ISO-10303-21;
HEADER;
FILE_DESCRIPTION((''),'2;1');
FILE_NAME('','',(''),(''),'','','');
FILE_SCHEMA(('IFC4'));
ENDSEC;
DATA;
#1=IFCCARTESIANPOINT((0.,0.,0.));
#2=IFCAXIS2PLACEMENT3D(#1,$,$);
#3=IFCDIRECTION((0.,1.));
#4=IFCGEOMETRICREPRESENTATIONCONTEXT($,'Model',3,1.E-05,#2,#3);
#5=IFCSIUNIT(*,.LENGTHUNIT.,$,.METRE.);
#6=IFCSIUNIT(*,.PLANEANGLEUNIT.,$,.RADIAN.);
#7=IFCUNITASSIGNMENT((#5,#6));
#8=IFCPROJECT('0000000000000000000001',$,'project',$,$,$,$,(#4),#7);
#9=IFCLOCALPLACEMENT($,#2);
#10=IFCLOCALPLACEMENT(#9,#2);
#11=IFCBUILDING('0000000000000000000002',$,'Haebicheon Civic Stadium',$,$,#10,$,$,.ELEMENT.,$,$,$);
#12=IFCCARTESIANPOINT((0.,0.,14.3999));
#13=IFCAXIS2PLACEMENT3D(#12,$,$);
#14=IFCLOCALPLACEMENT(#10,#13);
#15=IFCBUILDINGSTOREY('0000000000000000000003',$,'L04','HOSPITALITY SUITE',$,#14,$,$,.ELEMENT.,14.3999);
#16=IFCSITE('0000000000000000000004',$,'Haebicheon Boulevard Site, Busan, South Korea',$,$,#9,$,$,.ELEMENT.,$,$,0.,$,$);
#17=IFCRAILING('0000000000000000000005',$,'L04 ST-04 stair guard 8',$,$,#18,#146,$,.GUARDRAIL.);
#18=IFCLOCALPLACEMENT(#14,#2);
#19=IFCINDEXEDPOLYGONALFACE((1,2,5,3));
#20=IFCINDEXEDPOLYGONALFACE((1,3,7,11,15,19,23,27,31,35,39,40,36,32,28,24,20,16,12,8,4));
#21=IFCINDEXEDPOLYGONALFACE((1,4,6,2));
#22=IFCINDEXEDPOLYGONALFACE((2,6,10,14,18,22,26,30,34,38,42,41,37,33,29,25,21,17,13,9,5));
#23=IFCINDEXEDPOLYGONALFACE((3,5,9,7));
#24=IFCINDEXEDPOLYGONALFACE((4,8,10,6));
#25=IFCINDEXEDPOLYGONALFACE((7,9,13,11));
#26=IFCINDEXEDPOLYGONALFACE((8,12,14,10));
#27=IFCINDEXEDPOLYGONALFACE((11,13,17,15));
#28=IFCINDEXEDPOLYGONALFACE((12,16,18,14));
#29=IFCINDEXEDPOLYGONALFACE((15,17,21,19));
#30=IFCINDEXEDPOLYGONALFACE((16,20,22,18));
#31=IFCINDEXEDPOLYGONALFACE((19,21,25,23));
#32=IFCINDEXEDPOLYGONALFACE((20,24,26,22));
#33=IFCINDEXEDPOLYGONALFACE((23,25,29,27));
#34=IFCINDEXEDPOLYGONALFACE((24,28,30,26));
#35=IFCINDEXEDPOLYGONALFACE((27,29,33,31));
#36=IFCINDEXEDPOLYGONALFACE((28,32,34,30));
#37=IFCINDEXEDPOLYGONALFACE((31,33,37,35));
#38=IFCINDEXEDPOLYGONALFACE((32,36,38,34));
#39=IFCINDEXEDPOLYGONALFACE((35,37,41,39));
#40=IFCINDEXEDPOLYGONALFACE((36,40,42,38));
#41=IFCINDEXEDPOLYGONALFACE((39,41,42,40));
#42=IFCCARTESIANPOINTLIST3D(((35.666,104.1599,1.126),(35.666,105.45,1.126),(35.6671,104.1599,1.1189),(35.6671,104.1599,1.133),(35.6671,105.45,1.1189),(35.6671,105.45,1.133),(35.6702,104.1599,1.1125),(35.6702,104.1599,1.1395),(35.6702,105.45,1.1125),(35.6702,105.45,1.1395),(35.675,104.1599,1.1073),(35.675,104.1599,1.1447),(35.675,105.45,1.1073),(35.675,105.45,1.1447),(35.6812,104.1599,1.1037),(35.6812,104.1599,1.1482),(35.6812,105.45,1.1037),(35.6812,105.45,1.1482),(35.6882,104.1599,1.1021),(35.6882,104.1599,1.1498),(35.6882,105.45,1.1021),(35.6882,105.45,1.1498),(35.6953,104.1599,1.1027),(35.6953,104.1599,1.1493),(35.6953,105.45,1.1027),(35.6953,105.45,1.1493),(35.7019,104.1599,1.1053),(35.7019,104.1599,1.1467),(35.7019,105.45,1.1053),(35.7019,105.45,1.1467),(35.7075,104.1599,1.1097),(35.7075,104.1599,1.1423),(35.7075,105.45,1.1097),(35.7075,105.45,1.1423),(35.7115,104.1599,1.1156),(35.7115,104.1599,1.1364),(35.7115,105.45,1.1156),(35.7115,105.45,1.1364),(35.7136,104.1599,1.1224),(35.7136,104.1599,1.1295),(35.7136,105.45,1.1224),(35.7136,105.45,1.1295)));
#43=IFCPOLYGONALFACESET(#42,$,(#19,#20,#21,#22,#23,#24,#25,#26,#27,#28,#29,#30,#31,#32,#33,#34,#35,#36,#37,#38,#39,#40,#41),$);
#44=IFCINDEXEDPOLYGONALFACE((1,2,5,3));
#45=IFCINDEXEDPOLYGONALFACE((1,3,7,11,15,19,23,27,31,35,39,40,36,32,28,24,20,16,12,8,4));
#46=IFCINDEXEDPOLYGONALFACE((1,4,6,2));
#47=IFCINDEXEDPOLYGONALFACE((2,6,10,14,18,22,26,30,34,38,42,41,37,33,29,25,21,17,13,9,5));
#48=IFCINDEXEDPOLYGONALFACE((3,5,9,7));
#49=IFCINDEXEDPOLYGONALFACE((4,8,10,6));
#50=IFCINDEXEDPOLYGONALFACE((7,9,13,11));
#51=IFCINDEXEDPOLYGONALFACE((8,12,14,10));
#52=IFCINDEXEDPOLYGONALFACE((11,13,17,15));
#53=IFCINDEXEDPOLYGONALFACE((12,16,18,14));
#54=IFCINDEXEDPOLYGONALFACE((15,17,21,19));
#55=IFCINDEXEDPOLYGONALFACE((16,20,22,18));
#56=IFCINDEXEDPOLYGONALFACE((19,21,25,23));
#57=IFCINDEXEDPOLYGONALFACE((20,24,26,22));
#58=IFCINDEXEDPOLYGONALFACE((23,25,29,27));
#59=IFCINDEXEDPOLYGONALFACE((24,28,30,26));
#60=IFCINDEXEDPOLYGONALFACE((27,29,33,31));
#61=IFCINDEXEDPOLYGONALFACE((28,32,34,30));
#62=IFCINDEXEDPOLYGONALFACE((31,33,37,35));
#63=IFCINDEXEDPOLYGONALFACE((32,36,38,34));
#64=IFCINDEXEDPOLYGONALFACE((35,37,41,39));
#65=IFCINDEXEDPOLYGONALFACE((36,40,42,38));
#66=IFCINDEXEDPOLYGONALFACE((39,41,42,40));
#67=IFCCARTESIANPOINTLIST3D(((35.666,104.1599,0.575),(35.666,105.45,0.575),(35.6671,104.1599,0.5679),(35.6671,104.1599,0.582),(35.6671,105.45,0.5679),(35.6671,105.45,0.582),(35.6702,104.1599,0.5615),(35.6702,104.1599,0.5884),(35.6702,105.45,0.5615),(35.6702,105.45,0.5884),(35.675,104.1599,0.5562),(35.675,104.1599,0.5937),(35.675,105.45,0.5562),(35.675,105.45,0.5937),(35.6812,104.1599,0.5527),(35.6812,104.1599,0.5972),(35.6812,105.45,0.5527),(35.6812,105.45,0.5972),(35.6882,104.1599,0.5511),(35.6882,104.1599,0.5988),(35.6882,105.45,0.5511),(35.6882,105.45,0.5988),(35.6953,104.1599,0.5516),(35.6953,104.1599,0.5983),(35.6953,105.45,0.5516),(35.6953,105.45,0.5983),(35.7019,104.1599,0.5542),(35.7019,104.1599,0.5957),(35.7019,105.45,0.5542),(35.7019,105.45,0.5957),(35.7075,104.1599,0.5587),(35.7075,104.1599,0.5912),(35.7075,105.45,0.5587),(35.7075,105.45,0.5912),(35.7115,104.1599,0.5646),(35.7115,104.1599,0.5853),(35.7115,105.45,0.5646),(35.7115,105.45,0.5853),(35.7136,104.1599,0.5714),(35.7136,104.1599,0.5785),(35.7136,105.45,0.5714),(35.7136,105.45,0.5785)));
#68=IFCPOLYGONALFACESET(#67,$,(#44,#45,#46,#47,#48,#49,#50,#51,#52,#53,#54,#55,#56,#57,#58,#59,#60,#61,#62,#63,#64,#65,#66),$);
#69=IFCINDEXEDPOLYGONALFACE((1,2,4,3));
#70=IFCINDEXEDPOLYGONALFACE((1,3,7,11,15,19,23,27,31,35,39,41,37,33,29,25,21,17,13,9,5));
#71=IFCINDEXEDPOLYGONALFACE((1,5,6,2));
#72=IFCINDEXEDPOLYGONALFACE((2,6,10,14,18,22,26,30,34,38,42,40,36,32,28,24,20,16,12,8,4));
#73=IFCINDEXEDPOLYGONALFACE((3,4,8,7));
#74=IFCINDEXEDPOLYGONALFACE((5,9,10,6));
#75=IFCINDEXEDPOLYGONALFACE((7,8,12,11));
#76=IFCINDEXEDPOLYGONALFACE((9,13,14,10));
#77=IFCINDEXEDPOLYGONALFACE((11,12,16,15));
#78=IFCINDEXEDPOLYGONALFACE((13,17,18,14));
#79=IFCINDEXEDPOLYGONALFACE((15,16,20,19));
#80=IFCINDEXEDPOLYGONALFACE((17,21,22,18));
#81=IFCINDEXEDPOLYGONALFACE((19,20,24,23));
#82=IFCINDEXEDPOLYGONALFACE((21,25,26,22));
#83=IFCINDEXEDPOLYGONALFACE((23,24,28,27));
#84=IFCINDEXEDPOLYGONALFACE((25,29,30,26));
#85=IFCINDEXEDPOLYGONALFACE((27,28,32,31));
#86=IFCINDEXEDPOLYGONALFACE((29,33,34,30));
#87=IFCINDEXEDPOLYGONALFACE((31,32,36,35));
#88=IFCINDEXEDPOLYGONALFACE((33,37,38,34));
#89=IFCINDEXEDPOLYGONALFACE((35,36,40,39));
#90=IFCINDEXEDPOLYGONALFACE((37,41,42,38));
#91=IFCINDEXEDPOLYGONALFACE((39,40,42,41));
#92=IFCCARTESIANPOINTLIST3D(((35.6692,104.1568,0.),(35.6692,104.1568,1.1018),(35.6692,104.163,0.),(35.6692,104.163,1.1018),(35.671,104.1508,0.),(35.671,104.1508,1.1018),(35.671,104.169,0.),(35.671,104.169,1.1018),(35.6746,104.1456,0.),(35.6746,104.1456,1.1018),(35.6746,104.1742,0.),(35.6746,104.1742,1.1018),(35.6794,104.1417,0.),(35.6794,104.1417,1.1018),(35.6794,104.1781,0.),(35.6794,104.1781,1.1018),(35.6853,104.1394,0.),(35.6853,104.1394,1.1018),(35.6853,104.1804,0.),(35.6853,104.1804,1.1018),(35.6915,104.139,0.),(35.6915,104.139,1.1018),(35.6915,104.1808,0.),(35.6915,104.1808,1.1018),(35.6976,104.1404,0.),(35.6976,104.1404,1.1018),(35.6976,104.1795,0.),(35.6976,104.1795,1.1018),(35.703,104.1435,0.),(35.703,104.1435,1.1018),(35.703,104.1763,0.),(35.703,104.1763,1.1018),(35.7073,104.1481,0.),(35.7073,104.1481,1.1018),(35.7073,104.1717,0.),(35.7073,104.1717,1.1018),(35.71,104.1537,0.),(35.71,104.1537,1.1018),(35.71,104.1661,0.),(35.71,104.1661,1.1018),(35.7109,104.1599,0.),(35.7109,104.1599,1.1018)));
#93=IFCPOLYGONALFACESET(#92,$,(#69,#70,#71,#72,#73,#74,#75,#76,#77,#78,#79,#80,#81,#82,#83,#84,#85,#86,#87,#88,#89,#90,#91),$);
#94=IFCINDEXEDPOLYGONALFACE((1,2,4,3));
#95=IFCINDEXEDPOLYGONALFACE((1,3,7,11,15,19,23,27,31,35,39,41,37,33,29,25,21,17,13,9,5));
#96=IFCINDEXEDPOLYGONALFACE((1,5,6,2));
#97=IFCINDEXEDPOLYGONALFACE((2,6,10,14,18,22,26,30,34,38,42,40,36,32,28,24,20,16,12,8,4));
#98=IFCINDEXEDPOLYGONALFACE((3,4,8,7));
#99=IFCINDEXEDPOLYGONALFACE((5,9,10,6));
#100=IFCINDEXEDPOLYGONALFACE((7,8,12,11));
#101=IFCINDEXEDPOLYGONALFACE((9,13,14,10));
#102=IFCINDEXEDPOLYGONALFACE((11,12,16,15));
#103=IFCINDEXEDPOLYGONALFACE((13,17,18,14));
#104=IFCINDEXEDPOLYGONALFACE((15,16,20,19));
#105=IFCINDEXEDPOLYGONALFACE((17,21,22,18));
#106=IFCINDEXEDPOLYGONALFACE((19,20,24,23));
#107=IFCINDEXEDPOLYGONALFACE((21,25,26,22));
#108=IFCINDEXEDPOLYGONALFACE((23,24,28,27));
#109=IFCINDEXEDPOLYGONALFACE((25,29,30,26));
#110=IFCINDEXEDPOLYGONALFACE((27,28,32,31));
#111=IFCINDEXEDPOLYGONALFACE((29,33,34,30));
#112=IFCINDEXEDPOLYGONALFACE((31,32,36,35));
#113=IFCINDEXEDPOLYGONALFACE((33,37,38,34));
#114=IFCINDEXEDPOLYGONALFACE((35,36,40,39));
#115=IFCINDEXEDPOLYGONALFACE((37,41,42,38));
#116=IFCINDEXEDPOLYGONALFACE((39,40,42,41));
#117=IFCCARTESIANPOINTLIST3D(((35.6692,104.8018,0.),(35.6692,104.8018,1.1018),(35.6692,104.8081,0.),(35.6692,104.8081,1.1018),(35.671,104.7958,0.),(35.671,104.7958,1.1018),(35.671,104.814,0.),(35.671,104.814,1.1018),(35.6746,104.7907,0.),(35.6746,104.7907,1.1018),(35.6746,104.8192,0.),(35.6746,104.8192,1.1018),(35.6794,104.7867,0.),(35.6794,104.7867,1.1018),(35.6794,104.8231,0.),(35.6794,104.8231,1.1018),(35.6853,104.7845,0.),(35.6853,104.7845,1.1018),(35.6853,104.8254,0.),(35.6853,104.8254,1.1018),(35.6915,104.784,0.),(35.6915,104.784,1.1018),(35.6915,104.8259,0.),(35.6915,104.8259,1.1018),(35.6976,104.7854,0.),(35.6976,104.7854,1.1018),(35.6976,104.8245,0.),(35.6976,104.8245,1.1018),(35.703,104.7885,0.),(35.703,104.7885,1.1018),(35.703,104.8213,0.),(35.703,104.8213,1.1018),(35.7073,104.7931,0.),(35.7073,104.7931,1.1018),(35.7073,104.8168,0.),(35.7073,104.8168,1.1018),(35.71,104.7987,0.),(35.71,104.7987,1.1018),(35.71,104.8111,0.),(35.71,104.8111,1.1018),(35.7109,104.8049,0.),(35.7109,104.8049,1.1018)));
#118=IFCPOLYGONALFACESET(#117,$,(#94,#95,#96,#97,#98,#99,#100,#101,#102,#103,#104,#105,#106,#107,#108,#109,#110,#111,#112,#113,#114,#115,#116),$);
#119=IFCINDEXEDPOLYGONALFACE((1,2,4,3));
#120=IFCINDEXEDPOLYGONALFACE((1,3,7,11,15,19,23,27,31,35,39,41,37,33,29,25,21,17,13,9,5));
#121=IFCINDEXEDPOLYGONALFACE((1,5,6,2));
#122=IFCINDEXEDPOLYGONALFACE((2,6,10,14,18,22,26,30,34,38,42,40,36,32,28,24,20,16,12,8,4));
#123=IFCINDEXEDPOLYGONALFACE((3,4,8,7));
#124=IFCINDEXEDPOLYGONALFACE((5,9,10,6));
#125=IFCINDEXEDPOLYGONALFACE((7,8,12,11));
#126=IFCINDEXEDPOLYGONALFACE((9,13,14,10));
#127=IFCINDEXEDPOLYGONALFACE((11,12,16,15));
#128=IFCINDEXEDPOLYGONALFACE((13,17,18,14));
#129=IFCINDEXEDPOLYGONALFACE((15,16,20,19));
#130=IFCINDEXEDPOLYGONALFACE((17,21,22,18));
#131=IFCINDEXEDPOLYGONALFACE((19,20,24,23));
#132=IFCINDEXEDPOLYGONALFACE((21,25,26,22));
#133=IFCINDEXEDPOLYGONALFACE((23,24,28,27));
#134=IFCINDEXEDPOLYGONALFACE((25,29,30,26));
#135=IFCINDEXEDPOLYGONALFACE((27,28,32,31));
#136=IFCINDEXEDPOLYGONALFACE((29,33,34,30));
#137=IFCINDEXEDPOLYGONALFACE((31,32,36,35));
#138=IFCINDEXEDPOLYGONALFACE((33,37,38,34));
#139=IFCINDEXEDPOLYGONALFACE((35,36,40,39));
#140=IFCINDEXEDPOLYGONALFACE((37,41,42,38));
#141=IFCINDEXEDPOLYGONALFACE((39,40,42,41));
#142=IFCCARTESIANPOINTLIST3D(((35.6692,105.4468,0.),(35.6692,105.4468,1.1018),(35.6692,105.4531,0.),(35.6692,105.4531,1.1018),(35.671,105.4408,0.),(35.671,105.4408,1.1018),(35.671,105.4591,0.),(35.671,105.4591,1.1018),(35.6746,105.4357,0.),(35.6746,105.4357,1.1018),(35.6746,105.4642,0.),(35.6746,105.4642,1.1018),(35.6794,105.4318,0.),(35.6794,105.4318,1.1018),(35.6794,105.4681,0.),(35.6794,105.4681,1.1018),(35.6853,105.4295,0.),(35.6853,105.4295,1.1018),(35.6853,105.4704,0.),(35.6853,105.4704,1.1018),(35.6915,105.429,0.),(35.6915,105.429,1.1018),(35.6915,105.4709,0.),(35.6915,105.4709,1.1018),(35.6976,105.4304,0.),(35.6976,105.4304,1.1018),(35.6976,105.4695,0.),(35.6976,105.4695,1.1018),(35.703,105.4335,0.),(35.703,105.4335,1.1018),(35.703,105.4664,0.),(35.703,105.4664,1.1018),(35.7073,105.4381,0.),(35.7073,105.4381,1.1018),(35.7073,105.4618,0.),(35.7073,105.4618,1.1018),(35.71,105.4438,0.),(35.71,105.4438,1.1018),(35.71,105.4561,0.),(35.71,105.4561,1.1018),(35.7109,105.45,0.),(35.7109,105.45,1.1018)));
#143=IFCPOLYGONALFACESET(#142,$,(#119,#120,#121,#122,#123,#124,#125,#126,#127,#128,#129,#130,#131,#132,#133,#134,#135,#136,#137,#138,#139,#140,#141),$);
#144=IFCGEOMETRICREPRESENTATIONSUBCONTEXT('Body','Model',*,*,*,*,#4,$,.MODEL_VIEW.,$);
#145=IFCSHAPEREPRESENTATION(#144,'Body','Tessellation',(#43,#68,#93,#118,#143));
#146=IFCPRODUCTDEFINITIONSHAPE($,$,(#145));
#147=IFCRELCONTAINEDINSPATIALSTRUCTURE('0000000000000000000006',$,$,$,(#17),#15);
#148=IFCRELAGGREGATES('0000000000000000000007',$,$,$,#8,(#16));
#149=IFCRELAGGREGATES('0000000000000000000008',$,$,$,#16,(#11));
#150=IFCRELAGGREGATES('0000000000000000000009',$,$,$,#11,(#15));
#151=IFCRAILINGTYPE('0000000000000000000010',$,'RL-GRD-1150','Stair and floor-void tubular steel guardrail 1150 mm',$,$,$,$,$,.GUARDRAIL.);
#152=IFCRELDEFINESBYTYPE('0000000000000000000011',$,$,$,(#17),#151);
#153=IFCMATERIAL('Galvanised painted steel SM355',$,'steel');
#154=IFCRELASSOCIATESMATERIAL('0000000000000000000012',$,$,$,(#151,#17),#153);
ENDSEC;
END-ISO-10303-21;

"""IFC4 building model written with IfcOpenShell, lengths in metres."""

from ifc_helpers import new_model, si_unit, direction, frame, origin, origin_2d, place, context, subcontext, project, spatial, circle, extrude, material, type_object, element, save


model = new_model("IFC4")

# Units and contexts
model_context = context("Model", 3, precision=1e-05, world=origin(), true_north=direction((0.0, 1.0)))
body_context = subcontext(model_context, "Body", "Model", "MODEL_VIEW")
ifc_project = project(units=[si_unit("LENGTHUNIT", "METRE"), si_unit("PLANEANGLEUNIT", "RADIAN")], contexts=[model_context])

# Site, building, storey
site_placement = place(None, origin())
site = spatial("IfcSite", under=ifc_project, at=site_placement, Name="Haebicheon Boulevard Site, Busan, South Korea", CompositionType="ELEMENT", RefElevation=0.0)
building_placement = place(site_placement, origin())
building = spatial("IfcBuilding", under=site, at=building_placement, Name="Haebicheon Civic Stadium", CompositionType="ELEMENT")
storey_placement = place(building_placement, frame((0.0, 0.0, 14.3999)))
storey = spatial("IfcBuildingStorey", under=building, at=storey_placement, Name="L04", Description="HOSPITALITY SUITE", CompositionType="ELEMENT", Elevation=14.3999)

# Railing
ifc_material_1 = material(Name="Galvanised painted steel SM355", Category="steel")
railing_type_1 = type_object("IfcRailingType", Name="RL-GRD-1150", Description="Stair and floor-void tubular steel guardrail 1150 mm", PredefinedType="GUARDRAIL", material=ifc_material_1)
railing_1_placement = place(storey_placement, frame((35.6899, 104.1599, 0.0)))
element("IfcRailing", 1, at=railing_1_placement, inside=storey, type_object=railing_type_1, material=ifc_material_1, Name="L04 ST-04 stair guard 8", PredefinedType="GUARDRAIL", context=body_context, shape_type="SweptSolid", body=[
    extrude(circle(Radius=0.0239, at=origin_2d()), frame((0.0, 0.0, 1.126), z_axis=(0.0, 1.0, 0.0), x_axis=(-1.0, 0.0, 0.0)), (0.0, 0.0, 1.0), 1.29),
    extrude(circle(Radius=0.0239, at=origin_2d()), frame((0.0, 0.0, 0.575), z_axis=(0.0, 1.0, 0.0), x_axis=(-1.0, 0.0, 0.0)), (0.0, 0.0, 1.0), 1.29),
    extrude(circle(Radius=0.021, at=origin_2d()), origin(), (0.0, 0.0, 1.0), 1.1018),
    extrude(circle(Radius=0.021, at=origin_2d()), frame((0.0, 0.645, 0.0)), (0.0, 0.0, 1.0), 1.1018),
    extrude(circle(Radius=0.021, at=origin_2d()), frame((0.0, 1.29, 0.0)), (0.0, 0.0, 1.0), 1.1018),
])

save(model, "model.ifc")
